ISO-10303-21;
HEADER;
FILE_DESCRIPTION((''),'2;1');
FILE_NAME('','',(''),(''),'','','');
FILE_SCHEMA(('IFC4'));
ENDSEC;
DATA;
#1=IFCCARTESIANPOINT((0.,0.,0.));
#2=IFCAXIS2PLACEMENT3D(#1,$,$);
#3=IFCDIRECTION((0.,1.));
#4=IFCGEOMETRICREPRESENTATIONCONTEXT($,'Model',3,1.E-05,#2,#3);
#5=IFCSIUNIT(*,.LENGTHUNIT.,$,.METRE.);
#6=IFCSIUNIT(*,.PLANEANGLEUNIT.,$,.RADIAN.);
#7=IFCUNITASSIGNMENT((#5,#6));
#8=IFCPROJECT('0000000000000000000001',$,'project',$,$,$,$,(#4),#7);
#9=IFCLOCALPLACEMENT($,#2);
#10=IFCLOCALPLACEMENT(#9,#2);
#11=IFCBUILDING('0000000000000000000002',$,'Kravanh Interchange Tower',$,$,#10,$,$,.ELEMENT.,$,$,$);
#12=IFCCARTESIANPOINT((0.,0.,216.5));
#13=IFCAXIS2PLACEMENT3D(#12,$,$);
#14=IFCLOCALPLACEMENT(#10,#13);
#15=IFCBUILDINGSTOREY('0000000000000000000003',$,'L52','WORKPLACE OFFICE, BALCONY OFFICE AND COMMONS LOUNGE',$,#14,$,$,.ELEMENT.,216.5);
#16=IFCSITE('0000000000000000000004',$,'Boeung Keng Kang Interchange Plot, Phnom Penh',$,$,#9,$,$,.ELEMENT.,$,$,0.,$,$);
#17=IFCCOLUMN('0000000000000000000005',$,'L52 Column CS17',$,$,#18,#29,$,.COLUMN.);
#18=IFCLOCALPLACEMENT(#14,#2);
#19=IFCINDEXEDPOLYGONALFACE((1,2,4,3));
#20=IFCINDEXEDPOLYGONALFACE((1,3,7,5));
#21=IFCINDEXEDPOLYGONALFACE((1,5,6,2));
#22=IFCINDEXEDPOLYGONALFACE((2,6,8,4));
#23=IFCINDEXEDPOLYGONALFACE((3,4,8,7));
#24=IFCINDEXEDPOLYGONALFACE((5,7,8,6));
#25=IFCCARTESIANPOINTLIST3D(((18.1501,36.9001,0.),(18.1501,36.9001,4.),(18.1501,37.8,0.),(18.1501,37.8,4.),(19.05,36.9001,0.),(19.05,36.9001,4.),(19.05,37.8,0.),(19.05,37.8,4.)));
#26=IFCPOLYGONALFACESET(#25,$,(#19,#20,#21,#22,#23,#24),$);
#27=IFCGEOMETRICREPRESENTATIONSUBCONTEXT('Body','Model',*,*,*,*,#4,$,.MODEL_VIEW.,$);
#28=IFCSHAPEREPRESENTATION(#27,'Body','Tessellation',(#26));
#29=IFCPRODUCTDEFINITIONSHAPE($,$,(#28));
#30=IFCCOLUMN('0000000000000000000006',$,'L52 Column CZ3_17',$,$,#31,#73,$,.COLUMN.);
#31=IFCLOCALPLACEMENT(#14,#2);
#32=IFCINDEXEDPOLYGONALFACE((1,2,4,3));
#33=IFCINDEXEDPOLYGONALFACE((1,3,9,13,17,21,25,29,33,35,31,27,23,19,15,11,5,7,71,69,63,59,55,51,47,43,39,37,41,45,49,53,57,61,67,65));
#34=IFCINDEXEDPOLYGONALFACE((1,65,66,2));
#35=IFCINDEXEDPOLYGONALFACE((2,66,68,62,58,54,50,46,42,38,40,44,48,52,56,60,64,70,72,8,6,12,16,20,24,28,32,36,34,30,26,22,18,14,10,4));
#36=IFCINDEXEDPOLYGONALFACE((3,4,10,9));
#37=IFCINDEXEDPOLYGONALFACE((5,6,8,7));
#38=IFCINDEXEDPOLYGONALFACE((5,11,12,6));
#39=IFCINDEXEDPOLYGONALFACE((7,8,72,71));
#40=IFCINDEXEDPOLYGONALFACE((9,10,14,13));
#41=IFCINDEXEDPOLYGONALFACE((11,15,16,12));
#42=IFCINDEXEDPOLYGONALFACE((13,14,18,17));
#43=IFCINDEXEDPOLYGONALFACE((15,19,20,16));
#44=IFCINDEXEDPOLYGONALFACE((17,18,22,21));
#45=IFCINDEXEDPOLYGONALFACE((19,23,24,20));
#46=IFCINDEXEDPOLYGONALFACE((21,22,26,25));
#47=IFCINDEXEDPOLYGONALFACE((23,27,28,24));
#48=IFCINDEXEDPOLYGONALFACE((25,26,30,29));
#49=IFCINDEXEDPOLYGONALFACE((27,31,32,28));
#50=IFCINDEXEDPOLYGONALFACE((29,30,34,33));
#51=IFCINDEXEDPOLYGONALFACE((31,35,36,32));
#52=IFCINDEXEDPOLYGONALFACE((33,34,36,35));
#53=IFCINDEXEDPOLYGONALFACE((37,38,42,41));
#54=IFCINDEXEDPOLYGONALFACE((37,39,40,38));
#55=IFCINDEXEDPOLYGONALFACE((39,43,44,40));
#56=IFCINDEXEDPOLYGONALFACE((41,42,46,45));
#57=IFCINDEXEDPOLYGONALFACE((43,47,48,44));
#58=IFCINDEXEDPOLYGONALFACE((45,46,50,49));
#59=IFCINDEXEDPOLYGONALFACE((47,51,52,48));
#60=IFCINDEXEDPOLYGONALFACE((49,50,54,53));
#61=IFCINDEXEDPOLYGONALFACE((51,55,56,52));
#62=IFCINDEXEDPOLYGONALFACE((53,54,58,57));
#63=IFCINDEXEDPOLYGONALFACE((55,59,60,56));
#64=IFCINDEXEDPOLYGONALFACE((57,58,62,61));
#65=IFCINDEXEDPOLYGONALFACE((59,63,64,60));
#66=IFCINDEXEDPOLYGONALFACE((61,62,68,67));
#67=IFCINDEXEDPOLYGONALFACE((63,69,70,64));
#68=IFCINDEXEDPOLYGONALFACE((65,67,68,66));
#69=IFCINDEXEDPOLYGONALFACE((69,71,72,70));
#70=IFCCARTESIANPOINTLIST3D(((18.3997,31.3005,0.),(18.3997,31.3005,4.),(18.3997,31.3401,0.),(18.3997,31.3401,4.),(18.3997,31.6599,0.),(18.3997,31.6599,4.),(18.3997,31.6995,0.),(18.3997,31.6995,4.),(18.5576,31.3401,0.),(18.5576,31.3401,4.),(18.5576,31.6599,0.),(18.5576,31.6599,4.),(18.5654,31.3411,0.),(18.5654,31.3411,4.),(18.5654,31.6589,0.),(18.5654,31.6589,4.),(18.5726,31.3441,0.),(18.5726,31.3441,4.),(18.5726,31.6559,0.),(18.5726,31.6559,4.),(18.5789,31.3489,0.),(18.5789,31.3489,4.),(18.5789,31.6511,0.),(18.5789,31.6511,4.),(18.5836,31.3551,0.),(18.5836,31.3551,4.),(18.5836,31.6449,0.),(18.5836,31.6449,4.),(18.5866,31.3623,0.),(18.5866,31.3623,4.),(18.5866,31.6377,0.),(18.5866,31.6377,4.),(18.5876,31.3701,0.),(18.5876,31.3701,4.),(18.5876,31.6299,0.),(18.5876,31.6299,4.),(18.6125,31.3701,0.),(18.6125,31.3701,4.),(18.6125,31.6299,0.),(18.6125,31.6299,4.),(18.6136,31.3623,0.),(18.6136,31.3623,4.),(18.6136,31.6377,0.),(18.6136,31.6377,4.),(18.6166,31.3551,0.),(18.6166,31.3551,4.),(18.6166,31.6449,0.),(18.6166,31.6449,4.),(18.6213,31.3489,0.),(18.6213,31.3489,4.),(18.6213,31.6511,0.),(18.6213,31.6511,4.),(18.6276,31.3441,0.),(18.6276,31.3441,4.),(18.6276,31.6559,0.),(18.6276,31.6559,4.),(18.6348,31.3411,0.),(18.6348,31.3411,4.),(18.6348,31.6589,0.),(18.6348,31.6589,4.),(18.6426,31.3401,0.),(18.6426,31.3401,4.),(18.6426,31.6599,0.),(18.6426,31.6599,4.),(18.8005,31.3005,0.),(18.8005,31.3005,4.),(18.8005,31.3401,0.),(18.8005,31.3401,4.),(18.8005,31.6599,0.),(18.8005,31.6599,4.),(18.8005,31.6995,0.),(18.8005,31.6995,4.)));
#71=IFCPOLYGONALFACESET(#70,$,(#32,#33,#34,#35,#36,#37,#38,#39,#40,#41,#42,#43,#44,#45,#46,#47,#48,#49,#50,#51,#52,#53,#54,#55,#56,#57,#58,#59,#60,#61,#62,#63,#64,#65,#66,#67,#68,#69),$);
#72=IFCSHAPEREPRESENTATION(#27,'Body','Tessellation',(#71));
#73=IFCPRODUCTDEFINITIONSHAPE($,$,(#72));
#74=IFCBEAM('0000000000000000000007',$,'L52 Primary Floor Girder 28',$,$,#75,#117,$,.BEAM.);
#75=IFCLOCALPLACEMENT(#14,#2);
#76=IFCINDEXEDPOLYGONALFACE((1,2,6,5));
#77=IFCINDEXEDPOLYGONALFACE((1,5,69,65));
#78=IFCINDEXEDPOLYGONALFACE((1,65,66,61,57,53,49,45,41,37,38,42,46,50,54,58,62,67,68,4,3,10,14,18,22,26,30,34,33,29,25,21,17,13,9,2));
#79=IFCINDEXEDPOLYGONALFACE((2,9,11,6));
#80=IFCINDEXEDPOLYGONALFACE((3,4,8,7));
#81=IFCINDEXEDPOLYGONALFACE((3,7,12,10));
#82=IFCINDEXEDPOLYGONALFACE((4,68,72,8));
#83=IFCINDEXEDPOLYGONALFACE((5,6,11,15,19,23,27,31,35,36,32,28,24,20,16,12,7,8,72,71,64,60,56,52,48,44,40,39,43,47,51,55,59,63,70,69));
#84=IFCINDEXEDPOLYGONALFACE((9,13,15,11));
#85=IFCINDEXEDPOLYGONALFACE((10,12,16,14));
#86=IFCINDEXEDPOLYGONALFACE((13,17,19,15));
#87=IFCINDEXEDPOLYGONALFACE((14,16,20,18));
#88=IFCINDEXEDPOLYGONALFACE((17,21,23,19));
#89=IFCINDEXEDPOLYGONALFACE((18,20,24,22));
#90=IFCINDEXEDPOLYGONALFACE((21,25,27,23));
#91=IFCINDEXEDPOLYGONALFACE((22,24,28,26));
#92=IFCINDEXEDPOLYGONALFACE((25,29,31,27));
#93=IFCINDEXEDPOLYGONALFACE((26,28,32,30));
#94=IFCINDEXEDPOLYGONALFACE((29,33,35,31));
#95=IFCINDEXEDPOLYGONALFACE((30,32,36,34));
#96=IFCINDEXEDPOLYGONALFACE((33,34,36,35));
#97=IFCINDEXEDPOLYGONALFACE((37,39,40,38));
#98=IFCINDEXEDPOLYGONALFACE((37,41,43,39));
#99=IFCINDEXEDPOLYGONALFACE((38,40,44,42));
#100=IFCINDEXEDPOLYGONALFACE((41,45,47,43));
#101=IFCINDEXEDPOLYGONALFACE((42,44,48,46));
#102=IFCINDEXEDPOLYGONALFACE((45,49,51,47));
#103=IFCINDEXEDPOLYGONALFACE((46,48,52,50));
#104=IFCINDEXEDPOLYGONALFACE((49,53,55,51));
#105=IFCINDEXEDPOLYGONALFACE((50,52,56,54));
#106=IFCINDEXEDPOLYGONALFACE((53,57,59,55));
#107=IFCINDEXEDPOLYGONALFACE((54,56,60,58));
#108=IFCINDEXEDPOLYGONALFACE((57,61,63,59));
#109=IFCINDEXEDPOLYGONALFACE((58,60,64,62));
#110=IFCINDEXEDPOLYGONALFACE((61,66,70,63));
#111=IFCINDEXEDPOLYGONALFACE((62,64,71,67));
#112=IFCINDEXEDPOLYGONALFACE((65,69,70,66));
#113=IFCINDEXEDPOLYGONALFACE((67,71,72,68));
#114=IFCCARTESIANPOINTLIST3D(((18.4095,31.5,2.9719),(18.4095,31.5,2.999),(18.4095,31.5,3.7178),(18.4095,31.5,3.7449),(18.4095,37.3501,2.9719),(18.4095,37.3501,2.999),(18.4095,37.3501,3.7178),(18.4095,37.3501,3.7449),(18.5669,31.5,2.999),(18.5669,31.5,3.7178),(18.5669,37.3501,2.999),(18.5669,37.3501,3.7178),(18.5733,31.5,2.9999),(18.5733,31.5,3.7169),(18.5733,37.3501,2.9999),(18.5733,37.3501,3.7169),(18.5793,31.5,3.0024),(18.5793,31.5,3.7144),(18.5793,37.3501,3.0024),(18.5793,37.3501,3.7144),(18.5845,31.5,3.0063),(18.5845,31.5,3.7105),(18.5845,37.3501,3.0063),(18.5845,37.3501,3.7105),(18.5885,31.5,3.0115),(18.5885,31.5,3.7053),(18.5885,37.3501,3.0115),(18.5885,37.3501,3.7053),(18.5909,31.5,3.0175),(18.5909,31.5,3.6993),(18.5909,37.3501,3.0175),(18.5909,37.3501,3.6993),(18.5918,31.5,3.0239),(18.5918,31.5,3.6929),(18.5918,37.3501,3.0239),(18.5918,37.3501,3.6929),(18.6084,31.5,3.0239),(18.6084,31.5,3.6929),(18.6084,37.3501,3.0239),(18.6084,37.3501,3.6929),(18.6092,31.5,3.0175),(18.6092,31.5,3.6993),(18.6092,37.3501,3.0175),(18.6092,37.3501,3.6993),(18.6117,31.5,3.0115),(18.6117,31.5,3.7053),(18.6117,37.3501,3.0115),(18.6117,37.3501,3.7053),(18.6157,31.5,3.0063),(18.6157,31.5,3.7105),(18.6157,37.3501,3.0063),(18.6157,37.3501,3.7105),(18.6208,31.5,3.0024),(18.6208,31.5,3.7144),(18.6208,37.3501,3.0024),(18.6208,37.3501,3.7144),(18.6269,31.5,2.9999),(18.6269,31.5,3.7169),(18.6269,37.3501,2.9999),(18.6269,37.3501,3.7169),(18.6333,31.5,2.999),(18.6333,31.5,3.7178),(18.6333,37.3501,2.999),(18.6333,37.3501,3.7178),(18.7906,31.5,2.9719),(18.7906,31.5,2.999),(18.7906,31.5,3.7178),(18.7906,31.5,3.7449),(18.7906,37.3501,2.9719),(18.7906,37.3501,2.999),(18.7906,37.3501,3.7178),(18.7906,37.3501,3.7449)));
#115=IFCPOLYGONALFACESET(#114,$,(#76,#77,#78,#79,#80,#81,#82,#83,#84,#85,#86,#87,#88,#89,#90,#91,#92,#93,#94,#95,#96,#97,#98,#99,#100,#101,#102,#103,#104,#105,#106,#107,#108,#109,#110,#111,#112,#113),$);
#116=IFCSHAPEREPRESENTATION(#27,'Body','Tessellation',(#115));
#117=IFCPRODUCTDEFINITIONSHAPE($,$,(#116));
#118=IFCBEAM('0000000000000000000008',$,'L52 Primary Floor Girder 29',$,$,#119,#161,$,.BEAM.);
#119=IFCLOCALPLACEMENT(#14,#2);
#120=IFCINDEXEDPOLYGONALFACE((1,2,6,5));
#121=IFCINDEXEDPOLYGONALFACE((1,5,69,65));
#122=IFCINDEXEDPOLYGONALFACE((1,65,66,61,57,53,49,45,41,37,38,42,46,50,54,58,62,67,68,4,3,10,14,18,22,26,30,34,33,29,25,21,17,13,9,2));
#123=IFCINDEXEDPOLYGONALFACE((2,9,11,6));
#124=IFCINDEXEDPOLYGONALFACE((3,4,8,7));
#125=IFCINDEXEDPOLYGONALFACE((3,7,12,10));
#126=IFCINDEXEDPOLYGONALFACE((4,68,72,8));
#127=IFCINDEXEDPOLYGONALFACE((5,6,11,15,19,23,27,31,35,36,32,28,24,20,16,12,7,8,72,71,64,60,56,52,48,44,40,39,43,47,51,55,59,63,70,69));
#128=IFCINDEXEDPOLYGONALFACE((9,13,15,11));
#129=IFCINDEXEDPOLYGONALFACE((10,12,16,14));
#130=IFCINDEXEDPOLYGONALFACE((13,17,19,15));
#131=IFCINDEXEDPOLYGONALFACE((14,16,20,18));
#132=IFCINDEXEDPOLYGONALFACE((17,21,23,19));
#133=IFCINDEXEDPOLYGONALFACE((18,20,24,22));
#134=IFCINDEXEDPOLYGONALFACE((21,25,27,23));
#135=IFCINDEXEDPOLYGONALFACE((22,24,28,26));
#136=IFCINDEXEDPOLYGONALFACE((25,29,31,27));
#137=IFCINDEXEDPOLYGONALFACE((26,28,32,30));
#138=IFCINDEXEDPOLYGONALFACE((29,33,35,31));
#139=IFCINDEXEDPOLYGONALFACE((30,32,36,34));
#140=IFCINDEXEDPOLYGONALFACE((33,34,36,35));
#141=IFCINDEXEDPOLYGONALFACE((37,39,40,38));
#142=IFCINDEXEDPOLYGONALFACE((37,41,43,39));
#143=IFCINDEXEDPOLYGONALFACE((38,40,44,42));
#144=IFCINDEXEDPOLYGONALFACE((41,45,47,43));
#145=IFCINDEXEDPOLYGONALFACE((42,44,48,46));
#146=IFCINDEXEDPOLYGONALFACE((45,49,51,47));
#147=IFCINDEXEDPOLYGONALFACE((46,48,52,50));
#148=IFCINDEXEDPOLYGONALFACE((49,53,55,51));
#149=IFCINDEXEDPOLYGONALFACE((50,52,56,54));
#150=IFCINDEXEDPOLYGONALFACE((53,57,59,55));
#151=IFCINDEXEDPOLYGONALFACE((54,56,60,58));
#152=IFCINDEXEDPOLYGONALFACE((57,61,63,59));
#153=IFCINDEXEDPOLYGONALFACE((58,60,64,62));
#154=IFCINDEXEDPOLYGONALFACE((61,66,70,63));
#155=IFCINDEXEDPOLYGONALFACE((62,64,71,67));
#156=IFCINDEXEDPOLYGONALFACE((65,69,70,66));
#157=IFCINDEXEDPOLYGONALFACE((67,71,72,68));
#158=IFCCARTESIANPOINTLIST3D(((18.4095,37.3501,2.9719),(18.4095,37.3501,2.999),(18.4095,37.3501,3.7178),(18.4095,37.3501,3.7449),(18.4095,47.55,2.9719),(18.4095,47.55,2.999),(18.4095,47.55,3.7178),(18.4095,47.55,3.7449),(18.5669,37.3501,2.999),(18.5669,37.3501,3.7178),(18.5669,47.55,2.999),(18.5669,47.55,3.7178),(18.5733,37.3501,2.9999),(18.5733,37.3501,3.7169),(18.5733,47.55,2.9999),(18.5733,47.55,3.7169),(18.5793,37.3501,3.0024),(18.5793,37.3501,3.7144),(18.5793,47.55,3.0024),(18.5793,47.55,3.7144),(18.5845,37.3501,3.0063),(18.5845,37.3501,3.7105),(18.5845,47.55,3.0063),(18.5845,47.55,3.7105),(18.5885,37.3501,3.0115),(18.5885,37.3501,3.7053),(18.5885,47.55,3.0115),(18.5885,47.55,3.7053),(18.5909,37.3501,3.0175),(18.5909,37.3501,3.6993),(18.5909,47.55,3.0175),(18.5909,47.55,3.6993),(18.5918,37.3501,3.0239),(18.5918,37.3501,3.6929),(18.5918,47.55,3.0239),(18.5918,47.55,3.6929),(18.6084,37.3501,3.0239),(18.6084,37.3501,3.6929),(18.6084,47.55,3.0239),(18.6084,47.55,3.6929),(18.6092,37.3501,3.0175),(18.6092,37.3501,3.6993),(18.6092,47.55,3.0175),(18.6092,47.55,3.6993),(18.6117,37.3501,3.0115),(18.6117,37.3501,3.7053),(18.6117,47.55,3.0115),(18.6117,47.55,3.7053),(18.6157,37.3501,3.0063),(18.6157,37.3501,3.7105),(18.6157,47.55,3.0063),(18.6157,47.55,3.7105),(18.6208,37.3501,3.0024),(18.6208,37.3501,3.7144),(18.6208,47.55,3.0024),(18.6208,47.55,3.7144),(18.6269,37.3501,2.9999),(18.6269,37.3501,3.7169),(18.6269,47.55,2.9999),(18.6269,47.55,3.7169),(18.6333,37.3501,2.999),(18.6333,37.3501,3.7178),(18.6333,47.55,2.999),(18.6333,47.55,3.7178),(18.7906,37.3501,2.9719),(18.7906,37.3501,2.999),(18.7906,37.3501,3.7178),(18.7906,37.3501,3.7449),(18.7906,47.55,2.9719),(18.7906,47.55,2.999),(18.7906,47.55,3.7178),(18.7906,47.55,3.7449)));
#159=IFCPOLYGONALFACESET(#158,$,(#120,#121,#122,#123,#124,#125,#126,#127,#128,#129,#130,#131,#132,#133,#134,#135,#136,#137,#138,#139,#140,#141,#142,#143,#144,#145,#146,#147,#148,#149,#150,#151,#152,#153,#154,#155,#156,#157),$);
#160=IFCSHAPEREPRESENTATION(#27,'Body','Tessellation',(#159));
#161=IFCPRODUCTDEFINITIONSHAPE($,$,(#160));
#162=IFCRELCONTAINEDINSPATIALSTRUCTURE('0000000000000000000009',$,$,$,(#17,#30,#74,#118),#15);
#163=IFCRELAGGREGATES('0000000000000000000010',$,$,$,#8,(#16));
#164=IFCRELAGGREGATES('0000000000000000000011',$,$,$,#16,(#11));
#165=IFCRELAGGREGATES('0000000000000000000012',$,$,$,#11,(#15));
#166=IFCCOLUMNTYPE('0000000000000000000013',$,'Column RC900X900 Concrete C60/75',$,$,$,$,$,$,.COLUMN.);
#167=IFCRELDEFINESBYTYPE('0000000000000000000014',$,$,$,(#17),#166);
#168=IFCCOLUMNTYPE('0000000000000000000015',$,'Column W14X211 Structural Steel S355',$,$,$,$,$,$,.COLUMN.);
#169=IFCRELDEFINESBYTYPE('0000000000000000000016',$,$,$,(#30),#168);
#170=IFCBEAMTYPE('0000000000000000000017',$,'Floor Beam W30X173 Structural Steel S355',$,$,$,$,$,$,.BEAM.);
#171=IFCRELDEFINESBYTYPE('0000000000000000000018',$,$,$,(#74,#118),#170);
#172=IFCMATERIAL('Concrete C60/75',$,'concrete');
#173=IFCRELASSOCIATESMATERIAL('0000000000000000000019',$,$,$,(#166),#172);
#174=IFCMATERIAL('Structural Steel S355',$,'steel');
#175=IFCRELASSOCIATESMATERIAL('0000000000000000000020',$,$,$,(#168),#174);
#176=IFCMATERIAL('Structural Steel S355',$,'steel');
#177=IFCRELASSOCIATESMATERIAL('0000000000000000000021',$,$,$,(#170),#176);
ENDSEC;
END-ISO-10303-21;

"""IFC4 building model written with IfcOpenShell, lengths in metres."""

from ifc_helpers import new_model, si_unit, direction, frame, origin, origin_2d, place, context, subcontext, project, spatial, rectangle, i_section, extrude, material, material_profile, profile_set, type_object, element, save


model = new_model("IFC4")

# Units and contexts
model_context = context("Model", 3, precision=1e-05, world=origin(), true_north=direction((0.0, 1.0)))
body_context = subcontext(model_context, "Body", "Model", "MODEL_VIEW")
ifc_project = project(units=[si_unit("LENGTHUNIT", "METRE"), si_unit("PLANEANGLEUNIT", "RADIAN")], contexts=[model_context])

# Site, building, storey
site_placement = place(None, origin())
site = spatial("IfcSite", under=ifc_project, at=site_placement, Name="Boeung Keng Kang Interchange Plot, Phnom Penh", CompositionType="ELEMENT", RefElevation=0.0)
building_placement = place(site_placement, origin())
building = spatial("IfcBuilding", under=site, at=building_placement, Name="Kravanh Interchange Tower", CompositionType="ELEMENT")
storey_placement = place(building_placement, frame((0.0, 0.0, 216.5)))
storey = spatial("IfcBuildingStorey", under=building, at=storey_placement, Name="L52", Description="WORKPLACE OFFICE, BALCONY OFFICE AND COMMONS LOUNGE", CompositionType="ELEMENT", Elevation=216.5)

# Columns
ifc_material_1 = material(Name="Concrete C60/75", Category="concrete")
ifc_material_profile_1 = material_profile(ifc_material_1, rectangle(XDim=0.8999, YDim=0.8999, at=origin_2d()), Name="RC900X900")
ifc_profile_set_1 = profile_set([ifc_material_profile_1], Name="Concrete C60/75")
column_type_1 = type_object("IfcColumnType", Name="Column RC900X900 Concrete C60/75", PredefinedType="COLUMN", material=ifc_profile_set_1)
column_1_placement = place(storey_placement, frame((18.6001, 37.3501, 0.0), z_axis=(0.0, 0.0, 1.0), x_axis=(1.0, 0.0, 0.0)))
element("IfcColumn", 1, at=column_1_placement, inside=storey, type_object=column_type_1, Name="L52 Column CS17", PredefinedType="COLUMN", context=body_context, shape_type="SweptSolid", body=[
    extrude(rectangle(XDim=0.8999, YDim=0.8999, at=origin_2d()), origin(), (0.0, 0.0, 1.0), 4.0),
])
ifc_material_2 = material(Name="Structural Steel S355", Category="steel")
ifc_material_profile_2 = material_profile(ifc_material_2, i_section(OverallWidth=0.4009, OverallDepth=0.3989, WebThickness=0.0249, FlangeThickness=0.0396, FilletRadius=0.03, at=origin_2d()), Name="W14X211")
ifc_profile_set_2 = profile_set([ifc_material_profile_2], Name="Structural Steel S355")
column_type_2 = type_object("IfcColumnType", Name="Column W14X211 Structural Steel S355", PredefinedType="COLUMN", material=ifc_profile_set_2)
column_2_placement = place(storey_placement, frame((18.6001, 31.5, 0.0), z_axis=(0.0, 0.0, 1.0), x_axis=(1.0, 0.0, 0.0)))
element("IfcColumn", 2, at=column_2_placement, inside=storey, type_object=column_type_2, Name="L52 Column CZ3_17", PredefinedType="COLUMN", context=body_context, shape_type="SweptSolid", body=[
    extrude(i_section(OverallWidth=0.4009, OverallDepth=0.3989, WebThickness=0.0249, FlangeThickness=0.0396, FilletRadius=0.03, at=origin_2d()), origin(), (0.0, 0.0, 1.0), 4.0),
])

# Beams
ifc_material_3 = material(Name="Structural Steel S355", Category="steel")
ifc_material_profile_3 = material_profile(ifc_material_3, i_section(OverallWidth=0.3811, OverallDepth=0.7729, WebThickness=0.0166, FlangeThickness=0.0271, FilletRadius=0.0249, at=origin_2d()), Name="W30X173")
ifc_profile_set_3 = profile_set([ifc_material_profile_3], Name="Structural Steel S355")
beam_type_1 = type_object("IfcBeamType", Name="Floor Beam W30X173 Structural Steel S355", PredefinedType="BEAM", material=ifc_profile_set_3)
beam_1_placement = place(storey_placement, frame((18.6001, 37.3501, 3.3584), z_axis=(0.0, -1.0, 0.0), x_axis=(1.0, 0.0, 0.0)))
element("IfcBeam", 3, at=beam_1_placement, inside=storey, type_object=beam_type_1, Name="L52 Primary Floor Girder 28", PredefinedType="BEAM", context=body_context, shape_type="SweptSolid", body=[
    extrude(i_section(OverallWidth=0.3811, OverallDepth=0.7729, WebThickness=0.0166, FlangeThickness=0.0271, FilletRadius=0.0249, at=origin_2d()), origin(), (0.0, 0.0, 1.0), 5.8501),
])
beam_2_placement = place(storey_placement, frame((18.6001, 37.3501, 3.3584), z_axis=(0.0, 1.0, 0.0), x_axis=(-1.0, 0.0, 0.0)))
element("IfcBeam", 4, at=beam_2_placement, inside=storey, type_object=beam_type_1, Name="L52 Primary Floor Girder 29", PredefinedType="BEAM", context=body_context, shape_type="SweptSolid", body=[
    extrude(i_section(OverallWidth=0.3811, OverallDepth=0.7729, WebThickness=0.0166, FlangeThickness=0.0271, FilletRadius=0.0249, at=origin_2d()), origin(), (0.0, 0.0, 1.0), 10.2),
])

save(model, "model.ifc")
